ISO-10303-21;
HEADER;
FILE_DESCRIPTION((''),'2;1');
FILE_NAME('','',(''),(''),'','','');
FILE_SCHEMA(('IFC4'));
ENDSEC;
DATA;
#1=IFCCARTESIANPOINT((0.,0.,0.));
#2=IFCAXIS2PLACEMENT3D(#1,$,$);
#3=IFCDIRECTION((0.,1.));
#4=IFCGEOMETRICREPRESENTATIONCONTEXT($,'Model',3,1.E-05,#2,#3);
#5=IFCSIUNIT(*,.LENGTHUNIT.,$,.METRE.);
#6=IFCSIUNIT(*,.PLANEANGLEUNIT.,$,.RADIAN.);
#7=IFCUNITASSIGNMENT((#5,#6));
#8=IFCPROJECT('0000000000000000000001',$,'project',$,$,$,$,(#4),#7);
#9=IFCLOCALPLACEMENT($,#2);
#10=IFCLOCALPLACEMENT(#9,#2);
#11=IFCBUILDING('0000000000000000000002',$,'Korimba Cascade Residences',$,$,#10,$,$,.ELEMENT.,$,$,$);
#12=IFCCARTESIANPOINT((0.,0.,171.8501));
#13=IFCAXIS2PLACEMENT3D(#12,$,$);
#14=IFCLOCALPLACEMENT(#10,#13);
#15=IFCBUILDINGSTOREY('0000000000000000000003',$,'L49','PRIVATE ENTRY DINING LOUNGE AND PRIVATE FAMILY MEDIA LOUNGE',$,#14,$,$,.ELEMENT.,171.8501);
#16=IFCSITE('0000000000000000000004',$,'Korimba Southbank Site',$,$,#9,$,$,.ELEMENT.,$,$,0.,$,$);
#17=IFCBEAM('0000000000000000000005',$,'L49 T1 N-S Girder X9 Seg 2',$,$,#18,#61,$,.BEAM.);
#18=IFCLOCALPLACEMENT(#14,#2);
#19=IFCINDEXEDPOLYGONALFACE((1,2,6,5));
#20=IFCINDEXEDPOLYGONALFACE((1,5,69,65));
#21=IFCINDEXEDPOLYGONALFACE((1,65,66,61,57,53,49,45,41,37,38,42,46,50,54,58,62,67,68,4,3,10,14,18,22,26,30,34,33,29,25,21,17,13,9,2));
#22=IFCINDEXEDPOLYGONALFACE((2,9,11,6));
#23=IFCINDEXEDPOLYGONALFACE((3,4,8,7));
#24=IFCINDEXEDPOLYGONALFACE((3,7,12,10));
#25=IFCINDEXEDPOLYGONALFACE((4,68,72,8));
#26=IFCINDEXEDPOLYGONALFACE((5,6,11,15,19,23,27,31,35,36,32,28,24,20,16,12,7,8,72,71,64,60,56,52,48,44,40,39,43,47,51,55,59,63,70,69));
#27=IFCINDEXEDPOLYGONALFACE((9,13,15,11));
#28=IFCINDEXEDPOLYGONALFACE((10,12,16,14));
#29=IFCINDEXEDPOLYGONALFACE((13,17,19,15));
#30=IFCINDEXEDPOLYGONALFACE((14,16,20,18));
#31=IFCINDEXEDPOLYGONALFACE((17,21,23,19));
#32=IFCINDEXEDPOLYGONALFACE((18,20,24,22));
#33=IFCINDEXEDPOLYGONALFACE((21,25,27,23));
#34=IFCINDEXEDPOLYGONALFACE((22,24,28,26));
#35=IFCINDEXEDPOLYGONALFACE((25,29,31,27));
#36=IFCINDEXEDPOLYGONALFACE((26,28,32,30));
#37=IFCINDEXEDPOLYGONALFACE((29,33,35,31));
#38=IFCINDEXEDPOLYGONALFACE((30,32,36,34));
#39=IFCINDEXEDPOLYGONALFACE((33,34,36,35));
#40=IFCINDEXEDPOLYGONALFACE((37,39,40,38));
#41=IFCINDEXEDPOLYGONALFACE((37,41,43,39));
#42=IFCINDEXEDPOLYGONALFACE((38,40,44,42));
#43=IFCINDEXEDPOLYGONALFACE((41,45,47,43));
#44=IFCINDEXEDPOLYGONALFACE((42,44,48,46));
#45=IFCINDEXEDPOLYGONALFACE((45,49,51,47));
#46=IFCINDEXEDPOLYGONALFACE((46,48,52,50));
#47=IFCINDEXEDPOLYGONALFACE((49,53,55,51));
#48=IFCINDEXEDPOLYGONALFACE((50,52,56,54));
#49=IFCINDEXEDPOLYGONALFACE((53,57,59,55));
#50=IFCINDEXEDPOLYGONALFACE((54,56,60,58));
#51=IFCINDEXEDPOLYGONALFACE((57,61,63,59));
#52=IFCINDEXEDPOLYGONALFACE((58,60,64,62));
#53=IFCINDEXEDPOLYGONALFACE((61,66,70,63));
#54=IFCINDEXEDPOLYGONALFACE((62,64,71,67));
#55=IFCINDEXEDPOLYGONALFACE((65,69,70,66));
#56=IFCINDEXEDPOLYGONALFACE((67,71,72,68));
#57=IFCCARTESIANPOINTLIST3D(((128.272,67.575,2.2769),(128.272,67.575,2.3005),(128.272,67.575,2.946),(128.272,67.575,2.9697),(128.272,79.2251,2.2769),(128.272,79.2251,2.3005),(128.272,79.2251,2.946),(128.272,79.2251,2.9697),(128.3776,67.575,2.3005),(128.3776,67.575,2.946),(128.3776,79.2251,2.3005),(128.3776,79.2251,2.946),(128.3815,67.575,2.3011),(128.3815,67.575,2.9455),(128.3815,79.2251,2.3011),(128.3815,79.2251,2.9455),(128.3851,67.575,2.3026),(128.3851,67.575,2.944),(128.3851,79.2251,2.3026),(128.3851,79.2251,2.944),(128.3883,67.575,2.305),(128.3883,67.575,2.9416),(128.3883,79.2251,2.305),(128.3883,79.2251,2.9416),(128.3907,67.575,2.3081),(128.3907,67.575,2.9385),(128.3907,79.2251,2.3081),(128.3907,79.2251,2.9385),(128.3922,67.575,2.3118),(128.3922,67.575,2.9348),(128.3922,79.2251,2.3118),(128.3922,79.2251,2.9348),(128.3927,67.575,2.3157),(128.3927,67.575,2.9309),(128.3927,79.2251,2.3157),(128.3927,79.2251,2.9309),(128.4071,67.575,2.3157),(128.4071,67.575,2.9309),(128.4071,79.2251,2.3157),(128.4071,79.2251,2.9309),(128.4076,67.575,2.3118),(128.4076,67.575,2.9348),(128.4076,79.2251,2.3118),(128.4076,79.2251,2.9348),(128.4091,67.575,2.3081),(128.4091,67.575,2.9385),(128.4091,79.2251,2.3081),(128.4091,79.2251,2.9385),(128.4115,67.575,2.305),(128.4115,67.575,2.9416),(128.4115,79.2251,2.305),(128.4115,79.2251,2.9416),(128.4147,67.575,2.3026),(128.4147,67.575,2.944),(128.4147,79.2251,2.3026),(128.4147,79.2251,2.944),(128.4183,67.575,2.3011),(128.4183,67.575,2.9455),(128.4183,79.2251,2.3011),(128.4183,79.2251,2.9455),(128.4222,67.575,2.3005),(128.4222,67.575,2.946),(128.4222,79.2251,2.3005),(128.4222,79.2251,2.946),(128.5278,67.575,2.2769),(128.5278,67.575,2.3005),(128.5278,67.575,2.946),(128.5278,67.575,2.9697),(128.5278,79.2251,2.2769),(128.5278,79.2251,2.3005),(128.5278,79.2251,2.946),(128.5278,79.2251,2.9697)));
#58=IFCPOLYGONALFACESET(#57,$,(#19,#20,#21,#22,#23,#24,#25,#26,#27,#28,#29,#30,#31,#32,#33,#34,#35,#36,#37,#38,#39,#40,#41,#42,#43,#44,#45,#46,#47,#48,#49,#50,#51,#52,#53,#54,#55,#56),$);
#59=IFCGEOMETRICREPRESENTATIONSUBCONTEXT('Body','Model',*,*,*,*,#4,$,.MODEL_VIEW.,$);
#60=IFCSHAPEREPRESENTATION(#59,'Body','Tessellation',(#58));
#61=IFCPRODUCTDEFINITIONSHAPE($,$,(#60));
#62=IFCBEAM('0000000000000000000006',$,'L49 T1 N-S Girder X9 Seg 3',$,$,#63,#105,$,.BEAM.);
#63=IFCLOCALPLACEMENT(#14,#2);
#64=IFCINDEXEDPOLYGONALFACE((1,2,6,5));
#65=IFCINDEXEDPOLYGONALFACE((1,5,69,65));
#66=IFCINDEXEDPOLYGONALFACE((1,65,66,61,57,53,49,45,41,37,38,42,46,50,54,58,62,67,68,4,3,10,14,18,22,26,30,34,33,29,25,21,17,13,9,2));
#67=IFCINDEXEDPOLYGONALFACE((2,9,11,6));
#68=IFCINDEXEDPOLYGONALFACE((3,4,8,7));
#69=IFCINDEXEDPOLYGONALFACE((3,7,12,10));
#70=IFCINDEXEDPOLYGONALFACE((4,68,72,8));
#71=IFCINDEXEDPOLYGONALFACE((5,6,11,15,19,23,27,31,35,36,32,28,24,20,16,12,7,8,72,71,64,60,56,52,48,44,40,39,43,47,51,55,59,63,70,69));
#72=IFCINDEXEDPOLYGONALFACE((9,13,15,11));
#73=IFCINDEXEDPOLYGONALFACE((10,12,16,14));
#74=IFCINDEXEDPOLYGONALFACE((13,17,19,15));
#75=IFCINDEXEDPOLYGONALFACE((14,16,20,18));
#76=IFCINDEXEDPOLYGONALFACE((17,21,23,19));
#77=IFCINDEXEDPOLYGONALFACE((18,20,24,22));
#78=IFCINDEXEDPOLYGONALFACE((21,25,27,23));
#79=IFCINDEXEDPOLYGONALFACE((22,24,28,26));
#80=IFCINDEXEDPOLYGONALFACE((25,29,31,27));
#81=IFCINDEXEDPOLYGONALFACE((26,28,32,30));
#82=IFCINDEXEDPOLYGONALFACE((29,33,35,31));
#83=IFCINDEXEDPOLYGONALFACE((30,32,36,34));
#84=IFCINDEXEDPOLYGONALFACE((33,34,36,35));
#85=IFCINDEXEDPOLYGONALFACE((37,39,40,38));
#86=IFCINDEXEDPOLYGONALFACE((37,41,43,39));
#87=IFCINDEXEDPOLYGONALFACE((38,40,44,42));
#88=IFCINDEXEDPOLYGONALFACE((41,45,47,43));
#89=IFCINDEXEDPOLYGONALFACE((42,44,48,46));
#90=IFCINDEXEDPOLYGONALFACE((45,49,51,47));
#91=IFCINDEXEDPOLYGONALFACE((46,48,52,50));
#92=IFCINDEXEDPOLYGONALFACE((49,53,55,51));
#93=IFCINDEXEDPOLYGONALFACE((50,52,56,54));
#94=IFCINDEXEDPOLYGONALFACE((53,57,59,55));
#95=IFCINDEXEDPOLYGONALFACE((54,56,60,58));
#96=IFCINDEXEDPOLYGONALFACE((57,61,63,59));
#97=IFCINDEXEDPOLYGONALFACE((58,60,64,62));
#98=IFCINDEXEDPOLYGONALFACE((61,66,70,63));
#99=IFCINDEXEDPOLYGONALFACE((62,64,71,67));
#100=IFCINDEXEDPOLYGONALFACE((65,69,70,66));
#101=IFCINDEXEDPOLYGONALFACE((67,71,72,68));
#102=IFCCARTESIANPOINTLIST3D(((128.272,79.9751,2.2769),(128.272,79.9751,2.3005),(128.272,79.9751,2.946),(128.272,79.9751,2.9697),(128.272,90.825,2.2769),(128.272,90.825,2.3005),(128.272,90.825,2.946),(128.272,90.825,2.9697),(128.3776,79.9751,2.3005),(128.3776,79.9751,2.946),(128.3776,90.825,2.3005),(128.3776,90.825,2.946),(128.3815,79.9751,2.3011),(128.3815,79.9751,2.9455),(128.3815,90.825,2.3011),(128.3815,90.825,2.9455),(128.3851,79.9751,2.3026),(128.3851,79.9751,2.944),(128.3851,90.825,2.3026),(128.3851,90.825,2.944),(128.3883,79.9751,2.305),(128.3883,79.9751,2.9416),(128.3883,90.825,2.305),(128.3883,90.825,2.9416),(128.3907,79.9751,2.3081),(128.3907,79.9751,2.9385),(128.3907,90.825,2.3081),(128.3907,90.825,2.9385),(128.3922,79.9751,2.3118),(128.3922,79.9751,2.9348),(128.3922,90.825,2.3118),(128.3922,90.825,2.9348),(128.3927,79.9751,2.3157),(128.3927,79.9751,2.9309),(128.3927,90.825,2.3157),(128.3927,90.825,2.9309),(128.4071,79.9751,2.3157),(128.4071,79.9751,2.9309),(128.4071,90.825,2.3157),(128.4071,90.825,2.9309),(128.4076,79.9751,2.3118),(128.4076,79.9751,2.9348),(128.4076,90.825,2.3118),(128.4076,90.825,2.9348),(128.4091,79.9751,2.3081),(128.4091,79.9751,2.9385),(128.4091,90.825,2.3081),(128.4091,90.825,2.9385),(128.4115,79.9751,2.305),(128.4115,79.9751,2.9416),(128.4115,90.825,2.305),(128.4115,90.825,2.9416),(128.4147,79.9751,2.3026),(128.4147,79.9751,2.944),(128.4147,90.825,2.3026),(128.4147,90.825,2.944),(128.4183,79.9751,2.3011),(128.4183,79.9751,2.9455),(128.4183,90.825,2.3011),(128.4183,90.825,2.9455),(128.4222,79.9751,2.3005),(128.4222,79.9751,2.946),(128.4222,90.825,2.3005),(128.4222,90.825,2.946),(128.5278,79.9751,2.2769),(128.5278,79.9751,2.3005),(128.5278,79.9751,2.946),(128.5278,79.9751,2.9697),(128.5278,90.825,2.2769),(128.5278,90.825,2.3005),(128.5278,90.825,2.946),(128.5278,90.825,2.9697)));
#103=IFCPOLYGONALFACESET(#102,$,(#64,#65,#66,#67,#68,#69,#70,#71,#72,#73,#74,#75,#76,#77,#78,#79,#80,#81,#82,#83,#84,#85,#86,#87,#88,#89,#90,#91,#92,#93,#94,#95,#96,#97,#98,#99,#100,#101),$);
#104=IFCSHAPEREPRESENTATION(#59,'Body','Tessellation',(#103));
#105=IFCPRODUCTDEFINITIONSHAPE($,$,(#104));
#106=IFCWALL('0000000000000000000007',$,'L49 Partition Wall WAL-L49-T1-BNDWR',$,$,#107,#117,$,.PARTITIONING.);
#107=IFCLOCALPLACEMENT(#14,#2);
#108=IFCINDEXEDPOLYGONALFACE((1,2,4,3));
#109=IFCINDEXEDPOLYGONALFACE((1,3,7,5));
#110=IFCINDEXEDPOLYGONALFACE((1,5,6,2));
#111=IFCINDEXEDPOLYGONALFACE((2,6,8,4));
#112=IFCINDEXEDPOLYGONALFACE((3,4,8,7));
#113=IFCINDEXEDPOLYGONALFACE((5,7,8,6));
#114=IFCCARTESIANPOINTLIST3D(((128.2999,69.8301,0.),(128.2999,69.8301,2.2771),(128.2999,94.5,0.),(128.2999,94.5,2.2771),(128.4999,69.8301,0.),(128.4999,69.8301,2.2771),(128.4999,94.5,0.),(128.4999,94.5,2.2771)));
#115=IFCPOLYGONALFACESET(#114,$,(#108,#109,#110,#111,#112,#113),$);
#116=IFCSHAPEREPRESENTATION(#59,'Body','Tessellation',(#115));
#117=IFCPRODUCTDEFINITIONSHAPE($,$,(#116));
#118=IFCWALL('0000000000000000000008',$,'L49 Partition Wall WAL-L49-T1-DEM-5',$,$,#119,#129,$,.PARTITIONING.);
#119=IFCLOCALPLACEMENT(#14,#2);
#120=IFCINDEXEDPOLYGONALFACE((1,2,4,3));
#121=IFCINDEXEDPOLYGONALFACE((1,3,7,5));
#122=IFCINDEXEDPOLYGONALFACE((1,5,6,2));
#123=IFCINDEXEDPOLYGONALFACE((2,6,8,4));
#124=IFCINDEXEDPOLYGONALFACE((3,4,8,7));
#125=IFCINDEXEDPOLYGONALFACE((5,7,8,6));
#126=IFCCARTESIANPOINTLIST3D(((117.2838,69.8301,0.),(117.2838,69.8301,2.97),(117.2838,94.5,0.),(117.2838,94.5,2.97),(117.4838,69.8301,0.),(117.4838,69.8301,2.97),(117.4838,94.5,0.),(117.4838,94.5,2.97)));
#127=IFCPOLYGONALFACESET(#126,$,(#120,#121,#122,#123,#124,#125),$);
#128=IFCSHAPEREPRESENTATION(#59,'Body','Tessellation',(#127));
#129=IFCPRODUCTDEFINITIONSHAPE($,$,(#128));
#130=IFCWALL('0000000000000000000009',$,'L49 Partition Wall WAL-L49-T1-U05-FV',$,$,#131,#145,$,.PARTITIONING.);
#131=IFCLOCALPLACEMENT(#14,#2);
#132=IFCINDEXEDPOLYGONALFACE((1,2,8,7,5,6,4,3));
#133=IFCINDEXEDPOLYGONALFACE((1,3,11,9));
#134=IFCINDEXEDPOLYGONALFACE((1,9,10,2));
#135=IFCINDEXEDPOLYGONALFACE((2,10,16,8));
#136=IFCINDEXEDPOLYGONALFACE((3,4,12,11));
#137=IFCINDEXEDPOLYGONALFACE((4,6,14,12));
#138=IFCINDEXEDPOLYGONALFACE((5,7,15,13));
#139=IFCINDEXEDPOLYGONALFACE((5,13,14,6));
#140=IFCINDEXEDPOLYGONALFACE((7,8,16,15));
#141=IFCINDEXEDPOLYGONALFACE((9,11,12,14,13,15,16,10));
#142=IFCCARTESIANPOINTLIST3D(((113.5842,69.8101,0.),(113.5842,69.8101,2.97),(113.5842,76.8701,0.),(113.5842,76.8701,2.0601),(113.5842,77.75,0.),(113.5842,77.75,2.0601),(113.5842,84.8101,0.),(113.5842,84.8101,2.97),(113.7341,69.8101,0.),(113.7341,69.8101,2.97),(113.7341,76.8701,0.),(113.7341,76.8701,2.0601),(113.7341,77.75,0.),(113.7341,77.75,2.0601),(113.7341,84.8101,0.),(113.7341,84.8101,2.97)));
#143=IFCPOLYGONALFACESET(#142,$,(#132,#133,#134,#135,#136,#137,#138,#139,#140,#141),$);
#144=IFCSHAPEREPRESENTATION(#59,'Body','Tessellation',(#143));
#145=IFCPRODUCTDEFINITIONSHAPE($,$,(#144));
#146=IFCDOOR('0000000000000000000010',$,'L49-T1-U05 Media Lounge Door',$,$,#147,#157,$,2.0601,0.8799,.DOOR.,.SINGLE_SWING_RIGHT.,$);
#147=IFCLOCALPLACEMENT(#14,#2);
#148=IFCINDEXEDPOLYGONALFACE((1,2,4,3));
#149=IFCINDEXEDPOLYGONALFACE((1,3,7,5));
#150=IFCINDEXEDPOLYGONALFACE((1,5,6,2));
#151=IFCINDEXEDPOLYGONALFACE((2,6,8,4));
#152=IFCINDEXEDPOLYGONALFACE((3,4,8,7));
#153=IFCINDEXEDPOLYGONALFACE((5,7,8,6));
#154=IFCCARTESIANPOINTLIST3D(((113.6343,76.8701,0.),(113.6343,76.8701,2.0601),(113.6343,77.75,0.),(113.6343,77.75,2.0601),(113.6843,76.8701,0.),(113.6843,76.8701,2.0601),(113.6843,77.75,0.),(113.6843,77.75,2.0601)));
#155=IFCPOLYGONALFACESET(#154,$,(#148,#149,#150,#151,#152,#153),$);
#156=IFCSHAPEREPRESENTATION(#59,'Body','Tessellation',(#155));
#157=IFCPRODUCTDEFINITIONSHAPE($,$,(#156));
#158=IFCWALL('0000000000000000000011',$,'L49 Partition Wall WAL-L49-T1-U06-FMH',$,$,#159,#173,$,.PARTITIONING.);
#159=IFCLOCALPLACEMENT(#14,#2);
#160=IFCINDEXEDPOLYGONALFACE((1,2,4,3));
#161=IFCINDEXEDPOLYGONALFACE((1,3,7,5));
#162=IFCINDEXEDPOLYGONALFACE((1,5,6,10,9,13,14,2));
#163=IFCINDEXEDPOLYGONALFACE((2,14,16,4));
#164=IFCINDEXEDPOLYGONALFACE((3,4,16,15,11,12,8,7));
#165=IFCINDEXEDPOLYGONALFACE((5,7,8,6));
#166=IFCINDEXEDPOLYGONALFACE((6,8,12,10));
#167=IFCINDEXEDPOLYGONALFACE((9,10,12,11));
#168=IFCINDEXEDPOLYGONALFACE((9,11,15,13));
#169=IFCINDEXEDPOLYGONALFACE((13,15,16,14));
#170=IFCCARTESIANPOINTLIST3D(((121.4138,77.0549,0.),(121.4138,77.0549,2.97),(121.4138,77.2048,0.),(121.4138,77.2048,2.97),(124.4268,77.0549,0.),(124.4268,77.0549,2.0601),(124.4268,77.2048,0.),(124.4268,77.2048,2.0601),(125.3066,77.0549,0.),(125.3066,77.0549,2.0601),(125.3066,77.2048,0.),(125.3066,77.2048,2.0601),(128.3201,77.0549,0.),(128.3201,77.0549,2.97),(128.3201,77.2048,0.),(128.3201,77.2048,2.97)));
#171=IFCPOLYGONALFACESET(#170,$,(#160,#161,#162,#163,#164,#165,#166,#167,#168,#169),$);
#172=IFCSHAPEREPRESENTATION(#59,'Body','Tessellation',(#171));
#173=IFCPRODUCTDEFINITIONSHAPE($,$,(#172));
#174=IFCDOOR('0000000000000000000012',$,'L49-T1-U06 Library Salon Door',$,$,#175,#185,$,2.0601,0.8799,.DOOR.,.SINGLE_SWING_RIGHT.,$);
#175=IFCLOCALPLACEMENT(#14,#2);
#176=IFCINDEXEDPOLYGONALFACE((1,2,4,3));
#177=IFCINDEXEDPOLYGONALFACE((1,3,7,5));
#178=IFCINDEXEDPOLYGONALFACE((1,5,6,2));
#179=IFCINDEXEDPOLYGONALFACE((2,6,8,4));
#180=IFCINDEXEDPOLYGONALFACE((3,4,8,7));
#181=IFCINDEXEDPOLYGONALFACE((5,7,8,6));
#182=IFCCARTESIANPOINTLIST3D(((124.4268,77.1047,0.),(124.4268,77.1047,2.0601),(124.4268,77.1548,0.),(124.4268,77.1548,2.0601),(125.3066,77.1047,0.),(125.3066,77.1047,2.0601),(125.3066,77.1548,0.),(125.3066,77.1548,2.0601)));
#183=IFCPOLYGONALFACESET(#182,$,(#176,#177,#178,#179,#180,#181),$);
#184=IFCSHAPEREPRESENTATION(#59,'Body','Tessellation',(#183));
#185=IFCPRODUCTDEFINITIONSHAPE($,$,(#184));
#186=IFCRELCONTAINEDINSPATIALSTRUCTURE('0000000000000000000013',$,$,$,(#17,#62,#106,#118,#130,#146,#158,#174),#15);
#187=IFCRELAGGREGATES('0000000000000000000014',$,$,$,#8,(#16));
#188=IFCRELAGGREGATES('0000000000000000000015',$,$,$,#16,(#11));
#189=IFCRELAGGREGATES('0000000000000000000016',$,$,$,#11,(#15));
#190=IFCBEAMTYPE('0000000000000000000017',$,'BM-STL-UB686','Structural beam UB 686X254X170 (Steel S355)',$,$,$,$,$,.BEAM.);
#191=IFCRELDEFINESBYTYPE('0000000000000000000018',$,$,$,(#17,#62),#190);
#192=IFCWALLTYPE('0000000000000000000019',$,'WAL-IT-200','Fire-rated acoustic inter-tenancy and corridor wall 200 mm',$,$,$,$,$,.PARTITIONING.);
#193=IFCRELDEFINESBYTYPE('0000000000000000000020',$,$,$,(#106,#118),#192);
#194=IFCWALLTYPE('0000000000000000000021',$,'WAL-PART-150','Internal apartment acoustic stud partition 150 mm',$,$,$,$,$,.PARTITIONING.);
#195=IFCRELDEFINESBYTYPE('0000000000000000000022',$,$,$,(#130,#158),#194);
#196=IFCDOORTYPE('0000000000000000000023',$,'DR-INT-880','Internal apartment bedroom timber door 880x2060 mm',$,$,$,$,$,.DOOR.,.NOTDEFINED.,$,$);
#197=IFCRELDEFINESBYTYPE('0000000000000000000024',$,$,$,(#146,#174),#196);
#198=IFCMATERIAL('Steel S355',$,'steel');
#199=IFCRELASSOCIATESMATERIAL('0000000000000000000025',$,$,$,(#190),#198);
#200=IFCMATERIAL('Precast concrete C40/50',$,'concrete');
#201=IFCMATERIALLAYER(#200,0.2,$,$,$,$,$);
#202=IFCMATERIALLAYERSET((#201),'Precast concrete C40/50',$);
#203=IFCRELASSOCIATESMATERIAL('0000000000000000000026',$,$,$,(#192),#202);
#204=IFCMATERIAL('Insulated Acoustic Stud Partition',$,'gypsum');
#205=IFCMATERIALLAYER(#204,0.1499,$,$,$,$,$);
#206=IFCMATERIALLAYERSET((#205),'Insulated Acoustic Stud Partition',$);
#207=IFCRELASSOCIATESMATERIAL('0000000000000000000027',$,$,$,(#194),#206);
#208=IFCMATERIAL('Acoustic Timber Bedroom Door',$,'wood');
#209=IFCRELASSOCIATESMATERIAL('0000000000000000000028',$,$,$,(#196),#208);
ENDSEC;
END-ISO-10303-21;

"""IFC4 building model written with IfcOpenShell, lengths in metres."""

from ifc_helpers import new_model, si_unit, direction, frame, frame_2d, origin, origin_2d, place, context, subcontext, project, spatial, rectangle, i_section, extrude, material, layer, layer_set, material_profile, profile_set, type_object, element, fill, save


model = new_model("IFC4")

# Units and contexts
model_context = context("Model", 3, precision=1e-05, world=origin(), true_north=direction((0.0, 1.0)))
body_context = subcontext(model_context, "Body", "Model", "MODEL_VIEW")
ifc_project = project(units=[si_unit("LENGTHUNIT", "METRE"), si_unit("PLANEANGLEUNIT", "RADIAN")], contexts=[model_context])

# Site, building, storey
site_placement = place(None, origin())
site = spatial("IfcSite", under=ifc_project, at=site_placement, Name="Korimba Southbank Site", CompositionType="ELEMENT", RefElevation=0.0)
building_placement = place(site_placement, origin())
building = spatial("IfcBuilding", under=site, at=building_placement, Name="Korimba Cascade Residences", CompositionType="ELEMENT")
storey_placement = place(building_placement, frame((0.0, 0.0, 171.8501)))
storey = spatial("IfcBuildingStorey", under=building, at=storey_placement, Name="L49", Description="PRIVATE ENTRY DINING LOUNGE AND PRIVATE FAMILY MEDIA LOUNGE", CompositionType="ELEMENT", Elevation=171.8501)

# Beams
ifc_material_1 = material(Name="Steel S355", Category="steel")
ifc_material_profile_1 = material_profile(ifc_material_1, i_section(OverallWidth=0.2559, OverallDepth=0.6929, WebThickness=0.0144, FlangeThickness=0.0237, FilletRadius=0.0151, at=origin_2d()), Name="Steel S355")
ifc_profile_set_1 = profile_set([ifc_material_profile_1], Name="Steel S355")
beam_type_1 = type_object("IfcBeamType", Name="BM-STL-UB686", Description="Structural beam UB 686X254X170 (Steel S355)", PredefinedType="BEAM", material=ifc_profile_set_1)
beam_1_placement = place(storey_placement, frame((128.3999, 67.575, 2.6233), z_axis=(0.0, 1.0, 0.0), x_axis=(-1.0, 0.0, 0.0)))
element("IfcBeam", 1, at=beam_1_placement, inside=storey, type_object=beam_type_1, Name="L49 T1 N-S Girder X9 Seg 2", PredefinedType="BEAM", context=body_context, shape_type="SweptSolid", body=[
    extrude(i_section(OverallWidth=0.2559, OverallDepth=0.6929, WebThickness=0.0144, FlangeThickness=0.0237, FilletRadius=0.0151, at=origin_2d()), origin(), (0.0, 0.0, 1.0), 11.6501),
])
beam_2_placement = place(storey_placement, frame((128.3999, 79.9751, 2.6233), z_axis=(0.0, 1.0, 0.0), x_axis=(-1.0, 0.0, 0.0)))
element("IfcBeam", 2, at=beam_2_placement, inside=storey, type_object=beam_type_1, Name="L49 T1 N-S Girder X9 Seg 3", PredefinedType="BEAM", context=body_context, shape_type="SweptSolid", body=[
    extrude(i_section(OverallWidth=0.2559, OverallDepth=0.6929, WebThickness=0.0144, FlangeThickness=0.0237, FilletRadius=0.0151, at=origin_2d()), origin(), (0.0, 0.0, 1.0), 10.8499),
])

# Walls
ifc_material_2 = material(Name="Precast concrete C40/50", Category="concrete")
ifc_layer_1 = layer(ifc_material_2, 0.2)
ifc_layer_set_1 = layer_set([ifc_layer_1], Name="Precast concrete C40/50")
wall_type_1 = type_object("IfcWallType", Name="WAL-IT-200", Description="Fire-rated acoustic inter-tenancy and corridor wall 200 mm", PredefinedType="PARTITIONING", material=ifc_layer_set_1)
wall_1_placement = place(storey_placement, frame((128.3999, 69.8301, 0.0), z_axis=(0.0, 0.0, 1.0), x_axis=(0.0, 1.0, 0.0)))
element("IfcWall", 3, at=wall_1_placement, inside=storey, type_object=wall_type_1, Name="L49 Partition Wall WAL-L49-T1-BNDWR", PredefinedType="PARTITIONING", context=body_context, shape_type="SweptSolid", body=[
    extrude(rectangle(XDim=24.6699, YDim=0.2, at=frame_2d((12.335, 0.0))), origin(), (0.0, 0.0, 1.0), 2.2771),
])
wall_2_placement = place(storey_placement, frame((117.3838, 69.8301, 0.0), z_axis=(0.0, 0.0, 1.0), x_axis=(0.0, 1.0, 0.0)))
element("IfcWall", 4, at=wall_2_placement, inside=storey, type_object=wall_type_1, Name="L49 Partition Wall WAL-L49-T1-DEM-5", PredefinedType="PARTITIONING", context=body_context, shape_type="SweptSolid", body=[
    extrude(rectangle(XDim=24.6699, YDim=0.2, at=frame_2d((12.335, 0.0))), origin(), (0.0, 0.0, 1.0), 2.97),
])

# Walls, openings, doors
ifc_material_3 = material(Name="Insulated Acoustic Stud Partition", Category="gypsum")
ifc_layer_2 = layer(ifc_material_3, 0.1499)
ifc_layer_set_2 = layer_set([ifc_layer_2], Name="Insulated Acoustic Stud Partition")
wall_type_2 = type_object("IfcWallType", Name="WAL-PART-150", Description="Internal apartment acoustic stud partition 150 mm", PredefinedType="PARTITIONING", material=ifc_layer_set_2)
wall_3_placement = place(storey_placement, frame((113.6592, 69.8101, 0.0), z_axis=(0.0, 0.0, 1.0), x_axis=(0.0, 1.0, 0.0)))
wall_3 = element("IfcWall", 5, at=wall_3_placement, inside=storey, type_object=wall_type_2, Name="L49 Partition Wall WAL-L49-T1-U05-FV", PredefinedType="PARTITIONING", context=body_context, shape_type="SweptSolid", body=[
    extrude(rectangle(XDim=15.0, YDim=0.1499, at=frame_2d((7.5, 0.0))), origin(), (0.0, 0.0, 1.0), 2.97),
])
opening_1_placement = place(wall_3_placement, frame((7.0601, 0.0, 0.0)))
opening_1 = element("IfcOpeningElement", 6, at=opening_1_placement, cuts=wall_3, PredefinedType="OPENING", context=body_context, shape_type="SweptSolid", body=[
    extrude(rectangle(XDim=0.8799, YDim=2.0601, at=frame_2d((0.4399, 1.03))), frame((0.0, 0.085, 0.0), z_axis=(0.0, -1.0, 0.0), x_axis=(1.0, 0.0, 0.0)), (0.0, 0.0, 1.0), 0.1699),
])
ifc_material_4 = material(Name="Acoustic Timber Bedroom Door", Category="wood")
door_type_1 = type_object("IfcDoorType", Name="DR-INT-880", Description="Internal apartment bedroom timber door 880x2060 mm", OperationType="NOTDEFINED", PredefinedType="DOOR", material=ifc_material_4)
door_1_placement = place(opening_1_placement, origin())
door_1 = element("IfcDoor", 7, at=door_1_placement, inside=storey, type_object=door_type_1, Name="L49-T1-U05 Media Lounge Door", OperationType="SINGLE_SWING_RIGHT", OverallHeight=2.0601, OverallWidth=0.8799, PredefinedType="DOOR", context=body_context, shape_type="SweptSolid", body=[
    extrude(rectangle(XDim=0.8799, YDim=2.0601, at=frame_2d((0.4399, 1.03))), frame((0.0, 0.0249, 0.0), z_axis=(0.0, -1.0, 0.0), x_axis=(1.0, 0.0, 0.0)), (0.0, 0.0, 1.0), 0.05),
])
fill(opening_1, door_1)
wall_4_placement = place(storey_placement, frame((121.4138, 77.1299, 0.0), z_axis=(0.0, 0.0, 1.0), x_axis=(1.0, 0.0, 0.0)))
wall_4 = element("IfcWall", 8, at=wall_4_placement, inside=storey, type_object=wall_type_2, Name="L49 Partition Wall WAL-L49-T1-U06-FMH", PredefinedType="PARTITIONING", context=body_context, shape_type="SweptSolid", body=[
    extrude(rectangle(XDim=6.9062, YDim=0.1499, at=frame_2d((3.4531, 0.0))), origin(), (0.0, 0.0, 1.0), 2.97),
])
opening_2_placement = place(wall_4_placement, frame((3.0129, 0.0, 0.0)))
opening_2 = element("IfcOpeningElement", 9, at=opening_2_placement, cuts=wall_4, PredefinedType="OPENING", context=body_context, shape_type="SweptSolid", body=[
    extrude(rectangle(XDim=0.8799, YDim=2.0601, at=frame_2d((0.4399, 1.03))), frame((0.0, 0.085, 0.0), z_axis=(0.0, -1.0, 0.0), x_axis=(1.0, 0.0, 0.0)), (0.0, 0.0, 1.0), 0.1699),
])
door_2_placement = place(opening_2_placement, origin())
door_2 = element("IfcDoor", 10, at=door_2_placement, inside=storey, type_object=door_type_1, Name="L49-T1-U06 Library Salon Door", OperationType="SINGLE_SWING_RIGHT", OverallHeight=2.0601, OverallWidth=0.8799, PredefinedType="DOOR", context=body_context, shape_type="SweptSolid", body=[
    extrude(rectangle(XDim=0.8799, YDim=2.0601, at=frame_2d((0.4399, 1.03))), frame((0.0, 0.0249, 0.0), z_axis=(0.0, -1.0, 0.0), x_axis=(1.0, 0.0, 0.0)), (0.0, 0.0, 1.0), 0.05),
])
fill(opening_2, door_2)

save(model, "model.ifc")
